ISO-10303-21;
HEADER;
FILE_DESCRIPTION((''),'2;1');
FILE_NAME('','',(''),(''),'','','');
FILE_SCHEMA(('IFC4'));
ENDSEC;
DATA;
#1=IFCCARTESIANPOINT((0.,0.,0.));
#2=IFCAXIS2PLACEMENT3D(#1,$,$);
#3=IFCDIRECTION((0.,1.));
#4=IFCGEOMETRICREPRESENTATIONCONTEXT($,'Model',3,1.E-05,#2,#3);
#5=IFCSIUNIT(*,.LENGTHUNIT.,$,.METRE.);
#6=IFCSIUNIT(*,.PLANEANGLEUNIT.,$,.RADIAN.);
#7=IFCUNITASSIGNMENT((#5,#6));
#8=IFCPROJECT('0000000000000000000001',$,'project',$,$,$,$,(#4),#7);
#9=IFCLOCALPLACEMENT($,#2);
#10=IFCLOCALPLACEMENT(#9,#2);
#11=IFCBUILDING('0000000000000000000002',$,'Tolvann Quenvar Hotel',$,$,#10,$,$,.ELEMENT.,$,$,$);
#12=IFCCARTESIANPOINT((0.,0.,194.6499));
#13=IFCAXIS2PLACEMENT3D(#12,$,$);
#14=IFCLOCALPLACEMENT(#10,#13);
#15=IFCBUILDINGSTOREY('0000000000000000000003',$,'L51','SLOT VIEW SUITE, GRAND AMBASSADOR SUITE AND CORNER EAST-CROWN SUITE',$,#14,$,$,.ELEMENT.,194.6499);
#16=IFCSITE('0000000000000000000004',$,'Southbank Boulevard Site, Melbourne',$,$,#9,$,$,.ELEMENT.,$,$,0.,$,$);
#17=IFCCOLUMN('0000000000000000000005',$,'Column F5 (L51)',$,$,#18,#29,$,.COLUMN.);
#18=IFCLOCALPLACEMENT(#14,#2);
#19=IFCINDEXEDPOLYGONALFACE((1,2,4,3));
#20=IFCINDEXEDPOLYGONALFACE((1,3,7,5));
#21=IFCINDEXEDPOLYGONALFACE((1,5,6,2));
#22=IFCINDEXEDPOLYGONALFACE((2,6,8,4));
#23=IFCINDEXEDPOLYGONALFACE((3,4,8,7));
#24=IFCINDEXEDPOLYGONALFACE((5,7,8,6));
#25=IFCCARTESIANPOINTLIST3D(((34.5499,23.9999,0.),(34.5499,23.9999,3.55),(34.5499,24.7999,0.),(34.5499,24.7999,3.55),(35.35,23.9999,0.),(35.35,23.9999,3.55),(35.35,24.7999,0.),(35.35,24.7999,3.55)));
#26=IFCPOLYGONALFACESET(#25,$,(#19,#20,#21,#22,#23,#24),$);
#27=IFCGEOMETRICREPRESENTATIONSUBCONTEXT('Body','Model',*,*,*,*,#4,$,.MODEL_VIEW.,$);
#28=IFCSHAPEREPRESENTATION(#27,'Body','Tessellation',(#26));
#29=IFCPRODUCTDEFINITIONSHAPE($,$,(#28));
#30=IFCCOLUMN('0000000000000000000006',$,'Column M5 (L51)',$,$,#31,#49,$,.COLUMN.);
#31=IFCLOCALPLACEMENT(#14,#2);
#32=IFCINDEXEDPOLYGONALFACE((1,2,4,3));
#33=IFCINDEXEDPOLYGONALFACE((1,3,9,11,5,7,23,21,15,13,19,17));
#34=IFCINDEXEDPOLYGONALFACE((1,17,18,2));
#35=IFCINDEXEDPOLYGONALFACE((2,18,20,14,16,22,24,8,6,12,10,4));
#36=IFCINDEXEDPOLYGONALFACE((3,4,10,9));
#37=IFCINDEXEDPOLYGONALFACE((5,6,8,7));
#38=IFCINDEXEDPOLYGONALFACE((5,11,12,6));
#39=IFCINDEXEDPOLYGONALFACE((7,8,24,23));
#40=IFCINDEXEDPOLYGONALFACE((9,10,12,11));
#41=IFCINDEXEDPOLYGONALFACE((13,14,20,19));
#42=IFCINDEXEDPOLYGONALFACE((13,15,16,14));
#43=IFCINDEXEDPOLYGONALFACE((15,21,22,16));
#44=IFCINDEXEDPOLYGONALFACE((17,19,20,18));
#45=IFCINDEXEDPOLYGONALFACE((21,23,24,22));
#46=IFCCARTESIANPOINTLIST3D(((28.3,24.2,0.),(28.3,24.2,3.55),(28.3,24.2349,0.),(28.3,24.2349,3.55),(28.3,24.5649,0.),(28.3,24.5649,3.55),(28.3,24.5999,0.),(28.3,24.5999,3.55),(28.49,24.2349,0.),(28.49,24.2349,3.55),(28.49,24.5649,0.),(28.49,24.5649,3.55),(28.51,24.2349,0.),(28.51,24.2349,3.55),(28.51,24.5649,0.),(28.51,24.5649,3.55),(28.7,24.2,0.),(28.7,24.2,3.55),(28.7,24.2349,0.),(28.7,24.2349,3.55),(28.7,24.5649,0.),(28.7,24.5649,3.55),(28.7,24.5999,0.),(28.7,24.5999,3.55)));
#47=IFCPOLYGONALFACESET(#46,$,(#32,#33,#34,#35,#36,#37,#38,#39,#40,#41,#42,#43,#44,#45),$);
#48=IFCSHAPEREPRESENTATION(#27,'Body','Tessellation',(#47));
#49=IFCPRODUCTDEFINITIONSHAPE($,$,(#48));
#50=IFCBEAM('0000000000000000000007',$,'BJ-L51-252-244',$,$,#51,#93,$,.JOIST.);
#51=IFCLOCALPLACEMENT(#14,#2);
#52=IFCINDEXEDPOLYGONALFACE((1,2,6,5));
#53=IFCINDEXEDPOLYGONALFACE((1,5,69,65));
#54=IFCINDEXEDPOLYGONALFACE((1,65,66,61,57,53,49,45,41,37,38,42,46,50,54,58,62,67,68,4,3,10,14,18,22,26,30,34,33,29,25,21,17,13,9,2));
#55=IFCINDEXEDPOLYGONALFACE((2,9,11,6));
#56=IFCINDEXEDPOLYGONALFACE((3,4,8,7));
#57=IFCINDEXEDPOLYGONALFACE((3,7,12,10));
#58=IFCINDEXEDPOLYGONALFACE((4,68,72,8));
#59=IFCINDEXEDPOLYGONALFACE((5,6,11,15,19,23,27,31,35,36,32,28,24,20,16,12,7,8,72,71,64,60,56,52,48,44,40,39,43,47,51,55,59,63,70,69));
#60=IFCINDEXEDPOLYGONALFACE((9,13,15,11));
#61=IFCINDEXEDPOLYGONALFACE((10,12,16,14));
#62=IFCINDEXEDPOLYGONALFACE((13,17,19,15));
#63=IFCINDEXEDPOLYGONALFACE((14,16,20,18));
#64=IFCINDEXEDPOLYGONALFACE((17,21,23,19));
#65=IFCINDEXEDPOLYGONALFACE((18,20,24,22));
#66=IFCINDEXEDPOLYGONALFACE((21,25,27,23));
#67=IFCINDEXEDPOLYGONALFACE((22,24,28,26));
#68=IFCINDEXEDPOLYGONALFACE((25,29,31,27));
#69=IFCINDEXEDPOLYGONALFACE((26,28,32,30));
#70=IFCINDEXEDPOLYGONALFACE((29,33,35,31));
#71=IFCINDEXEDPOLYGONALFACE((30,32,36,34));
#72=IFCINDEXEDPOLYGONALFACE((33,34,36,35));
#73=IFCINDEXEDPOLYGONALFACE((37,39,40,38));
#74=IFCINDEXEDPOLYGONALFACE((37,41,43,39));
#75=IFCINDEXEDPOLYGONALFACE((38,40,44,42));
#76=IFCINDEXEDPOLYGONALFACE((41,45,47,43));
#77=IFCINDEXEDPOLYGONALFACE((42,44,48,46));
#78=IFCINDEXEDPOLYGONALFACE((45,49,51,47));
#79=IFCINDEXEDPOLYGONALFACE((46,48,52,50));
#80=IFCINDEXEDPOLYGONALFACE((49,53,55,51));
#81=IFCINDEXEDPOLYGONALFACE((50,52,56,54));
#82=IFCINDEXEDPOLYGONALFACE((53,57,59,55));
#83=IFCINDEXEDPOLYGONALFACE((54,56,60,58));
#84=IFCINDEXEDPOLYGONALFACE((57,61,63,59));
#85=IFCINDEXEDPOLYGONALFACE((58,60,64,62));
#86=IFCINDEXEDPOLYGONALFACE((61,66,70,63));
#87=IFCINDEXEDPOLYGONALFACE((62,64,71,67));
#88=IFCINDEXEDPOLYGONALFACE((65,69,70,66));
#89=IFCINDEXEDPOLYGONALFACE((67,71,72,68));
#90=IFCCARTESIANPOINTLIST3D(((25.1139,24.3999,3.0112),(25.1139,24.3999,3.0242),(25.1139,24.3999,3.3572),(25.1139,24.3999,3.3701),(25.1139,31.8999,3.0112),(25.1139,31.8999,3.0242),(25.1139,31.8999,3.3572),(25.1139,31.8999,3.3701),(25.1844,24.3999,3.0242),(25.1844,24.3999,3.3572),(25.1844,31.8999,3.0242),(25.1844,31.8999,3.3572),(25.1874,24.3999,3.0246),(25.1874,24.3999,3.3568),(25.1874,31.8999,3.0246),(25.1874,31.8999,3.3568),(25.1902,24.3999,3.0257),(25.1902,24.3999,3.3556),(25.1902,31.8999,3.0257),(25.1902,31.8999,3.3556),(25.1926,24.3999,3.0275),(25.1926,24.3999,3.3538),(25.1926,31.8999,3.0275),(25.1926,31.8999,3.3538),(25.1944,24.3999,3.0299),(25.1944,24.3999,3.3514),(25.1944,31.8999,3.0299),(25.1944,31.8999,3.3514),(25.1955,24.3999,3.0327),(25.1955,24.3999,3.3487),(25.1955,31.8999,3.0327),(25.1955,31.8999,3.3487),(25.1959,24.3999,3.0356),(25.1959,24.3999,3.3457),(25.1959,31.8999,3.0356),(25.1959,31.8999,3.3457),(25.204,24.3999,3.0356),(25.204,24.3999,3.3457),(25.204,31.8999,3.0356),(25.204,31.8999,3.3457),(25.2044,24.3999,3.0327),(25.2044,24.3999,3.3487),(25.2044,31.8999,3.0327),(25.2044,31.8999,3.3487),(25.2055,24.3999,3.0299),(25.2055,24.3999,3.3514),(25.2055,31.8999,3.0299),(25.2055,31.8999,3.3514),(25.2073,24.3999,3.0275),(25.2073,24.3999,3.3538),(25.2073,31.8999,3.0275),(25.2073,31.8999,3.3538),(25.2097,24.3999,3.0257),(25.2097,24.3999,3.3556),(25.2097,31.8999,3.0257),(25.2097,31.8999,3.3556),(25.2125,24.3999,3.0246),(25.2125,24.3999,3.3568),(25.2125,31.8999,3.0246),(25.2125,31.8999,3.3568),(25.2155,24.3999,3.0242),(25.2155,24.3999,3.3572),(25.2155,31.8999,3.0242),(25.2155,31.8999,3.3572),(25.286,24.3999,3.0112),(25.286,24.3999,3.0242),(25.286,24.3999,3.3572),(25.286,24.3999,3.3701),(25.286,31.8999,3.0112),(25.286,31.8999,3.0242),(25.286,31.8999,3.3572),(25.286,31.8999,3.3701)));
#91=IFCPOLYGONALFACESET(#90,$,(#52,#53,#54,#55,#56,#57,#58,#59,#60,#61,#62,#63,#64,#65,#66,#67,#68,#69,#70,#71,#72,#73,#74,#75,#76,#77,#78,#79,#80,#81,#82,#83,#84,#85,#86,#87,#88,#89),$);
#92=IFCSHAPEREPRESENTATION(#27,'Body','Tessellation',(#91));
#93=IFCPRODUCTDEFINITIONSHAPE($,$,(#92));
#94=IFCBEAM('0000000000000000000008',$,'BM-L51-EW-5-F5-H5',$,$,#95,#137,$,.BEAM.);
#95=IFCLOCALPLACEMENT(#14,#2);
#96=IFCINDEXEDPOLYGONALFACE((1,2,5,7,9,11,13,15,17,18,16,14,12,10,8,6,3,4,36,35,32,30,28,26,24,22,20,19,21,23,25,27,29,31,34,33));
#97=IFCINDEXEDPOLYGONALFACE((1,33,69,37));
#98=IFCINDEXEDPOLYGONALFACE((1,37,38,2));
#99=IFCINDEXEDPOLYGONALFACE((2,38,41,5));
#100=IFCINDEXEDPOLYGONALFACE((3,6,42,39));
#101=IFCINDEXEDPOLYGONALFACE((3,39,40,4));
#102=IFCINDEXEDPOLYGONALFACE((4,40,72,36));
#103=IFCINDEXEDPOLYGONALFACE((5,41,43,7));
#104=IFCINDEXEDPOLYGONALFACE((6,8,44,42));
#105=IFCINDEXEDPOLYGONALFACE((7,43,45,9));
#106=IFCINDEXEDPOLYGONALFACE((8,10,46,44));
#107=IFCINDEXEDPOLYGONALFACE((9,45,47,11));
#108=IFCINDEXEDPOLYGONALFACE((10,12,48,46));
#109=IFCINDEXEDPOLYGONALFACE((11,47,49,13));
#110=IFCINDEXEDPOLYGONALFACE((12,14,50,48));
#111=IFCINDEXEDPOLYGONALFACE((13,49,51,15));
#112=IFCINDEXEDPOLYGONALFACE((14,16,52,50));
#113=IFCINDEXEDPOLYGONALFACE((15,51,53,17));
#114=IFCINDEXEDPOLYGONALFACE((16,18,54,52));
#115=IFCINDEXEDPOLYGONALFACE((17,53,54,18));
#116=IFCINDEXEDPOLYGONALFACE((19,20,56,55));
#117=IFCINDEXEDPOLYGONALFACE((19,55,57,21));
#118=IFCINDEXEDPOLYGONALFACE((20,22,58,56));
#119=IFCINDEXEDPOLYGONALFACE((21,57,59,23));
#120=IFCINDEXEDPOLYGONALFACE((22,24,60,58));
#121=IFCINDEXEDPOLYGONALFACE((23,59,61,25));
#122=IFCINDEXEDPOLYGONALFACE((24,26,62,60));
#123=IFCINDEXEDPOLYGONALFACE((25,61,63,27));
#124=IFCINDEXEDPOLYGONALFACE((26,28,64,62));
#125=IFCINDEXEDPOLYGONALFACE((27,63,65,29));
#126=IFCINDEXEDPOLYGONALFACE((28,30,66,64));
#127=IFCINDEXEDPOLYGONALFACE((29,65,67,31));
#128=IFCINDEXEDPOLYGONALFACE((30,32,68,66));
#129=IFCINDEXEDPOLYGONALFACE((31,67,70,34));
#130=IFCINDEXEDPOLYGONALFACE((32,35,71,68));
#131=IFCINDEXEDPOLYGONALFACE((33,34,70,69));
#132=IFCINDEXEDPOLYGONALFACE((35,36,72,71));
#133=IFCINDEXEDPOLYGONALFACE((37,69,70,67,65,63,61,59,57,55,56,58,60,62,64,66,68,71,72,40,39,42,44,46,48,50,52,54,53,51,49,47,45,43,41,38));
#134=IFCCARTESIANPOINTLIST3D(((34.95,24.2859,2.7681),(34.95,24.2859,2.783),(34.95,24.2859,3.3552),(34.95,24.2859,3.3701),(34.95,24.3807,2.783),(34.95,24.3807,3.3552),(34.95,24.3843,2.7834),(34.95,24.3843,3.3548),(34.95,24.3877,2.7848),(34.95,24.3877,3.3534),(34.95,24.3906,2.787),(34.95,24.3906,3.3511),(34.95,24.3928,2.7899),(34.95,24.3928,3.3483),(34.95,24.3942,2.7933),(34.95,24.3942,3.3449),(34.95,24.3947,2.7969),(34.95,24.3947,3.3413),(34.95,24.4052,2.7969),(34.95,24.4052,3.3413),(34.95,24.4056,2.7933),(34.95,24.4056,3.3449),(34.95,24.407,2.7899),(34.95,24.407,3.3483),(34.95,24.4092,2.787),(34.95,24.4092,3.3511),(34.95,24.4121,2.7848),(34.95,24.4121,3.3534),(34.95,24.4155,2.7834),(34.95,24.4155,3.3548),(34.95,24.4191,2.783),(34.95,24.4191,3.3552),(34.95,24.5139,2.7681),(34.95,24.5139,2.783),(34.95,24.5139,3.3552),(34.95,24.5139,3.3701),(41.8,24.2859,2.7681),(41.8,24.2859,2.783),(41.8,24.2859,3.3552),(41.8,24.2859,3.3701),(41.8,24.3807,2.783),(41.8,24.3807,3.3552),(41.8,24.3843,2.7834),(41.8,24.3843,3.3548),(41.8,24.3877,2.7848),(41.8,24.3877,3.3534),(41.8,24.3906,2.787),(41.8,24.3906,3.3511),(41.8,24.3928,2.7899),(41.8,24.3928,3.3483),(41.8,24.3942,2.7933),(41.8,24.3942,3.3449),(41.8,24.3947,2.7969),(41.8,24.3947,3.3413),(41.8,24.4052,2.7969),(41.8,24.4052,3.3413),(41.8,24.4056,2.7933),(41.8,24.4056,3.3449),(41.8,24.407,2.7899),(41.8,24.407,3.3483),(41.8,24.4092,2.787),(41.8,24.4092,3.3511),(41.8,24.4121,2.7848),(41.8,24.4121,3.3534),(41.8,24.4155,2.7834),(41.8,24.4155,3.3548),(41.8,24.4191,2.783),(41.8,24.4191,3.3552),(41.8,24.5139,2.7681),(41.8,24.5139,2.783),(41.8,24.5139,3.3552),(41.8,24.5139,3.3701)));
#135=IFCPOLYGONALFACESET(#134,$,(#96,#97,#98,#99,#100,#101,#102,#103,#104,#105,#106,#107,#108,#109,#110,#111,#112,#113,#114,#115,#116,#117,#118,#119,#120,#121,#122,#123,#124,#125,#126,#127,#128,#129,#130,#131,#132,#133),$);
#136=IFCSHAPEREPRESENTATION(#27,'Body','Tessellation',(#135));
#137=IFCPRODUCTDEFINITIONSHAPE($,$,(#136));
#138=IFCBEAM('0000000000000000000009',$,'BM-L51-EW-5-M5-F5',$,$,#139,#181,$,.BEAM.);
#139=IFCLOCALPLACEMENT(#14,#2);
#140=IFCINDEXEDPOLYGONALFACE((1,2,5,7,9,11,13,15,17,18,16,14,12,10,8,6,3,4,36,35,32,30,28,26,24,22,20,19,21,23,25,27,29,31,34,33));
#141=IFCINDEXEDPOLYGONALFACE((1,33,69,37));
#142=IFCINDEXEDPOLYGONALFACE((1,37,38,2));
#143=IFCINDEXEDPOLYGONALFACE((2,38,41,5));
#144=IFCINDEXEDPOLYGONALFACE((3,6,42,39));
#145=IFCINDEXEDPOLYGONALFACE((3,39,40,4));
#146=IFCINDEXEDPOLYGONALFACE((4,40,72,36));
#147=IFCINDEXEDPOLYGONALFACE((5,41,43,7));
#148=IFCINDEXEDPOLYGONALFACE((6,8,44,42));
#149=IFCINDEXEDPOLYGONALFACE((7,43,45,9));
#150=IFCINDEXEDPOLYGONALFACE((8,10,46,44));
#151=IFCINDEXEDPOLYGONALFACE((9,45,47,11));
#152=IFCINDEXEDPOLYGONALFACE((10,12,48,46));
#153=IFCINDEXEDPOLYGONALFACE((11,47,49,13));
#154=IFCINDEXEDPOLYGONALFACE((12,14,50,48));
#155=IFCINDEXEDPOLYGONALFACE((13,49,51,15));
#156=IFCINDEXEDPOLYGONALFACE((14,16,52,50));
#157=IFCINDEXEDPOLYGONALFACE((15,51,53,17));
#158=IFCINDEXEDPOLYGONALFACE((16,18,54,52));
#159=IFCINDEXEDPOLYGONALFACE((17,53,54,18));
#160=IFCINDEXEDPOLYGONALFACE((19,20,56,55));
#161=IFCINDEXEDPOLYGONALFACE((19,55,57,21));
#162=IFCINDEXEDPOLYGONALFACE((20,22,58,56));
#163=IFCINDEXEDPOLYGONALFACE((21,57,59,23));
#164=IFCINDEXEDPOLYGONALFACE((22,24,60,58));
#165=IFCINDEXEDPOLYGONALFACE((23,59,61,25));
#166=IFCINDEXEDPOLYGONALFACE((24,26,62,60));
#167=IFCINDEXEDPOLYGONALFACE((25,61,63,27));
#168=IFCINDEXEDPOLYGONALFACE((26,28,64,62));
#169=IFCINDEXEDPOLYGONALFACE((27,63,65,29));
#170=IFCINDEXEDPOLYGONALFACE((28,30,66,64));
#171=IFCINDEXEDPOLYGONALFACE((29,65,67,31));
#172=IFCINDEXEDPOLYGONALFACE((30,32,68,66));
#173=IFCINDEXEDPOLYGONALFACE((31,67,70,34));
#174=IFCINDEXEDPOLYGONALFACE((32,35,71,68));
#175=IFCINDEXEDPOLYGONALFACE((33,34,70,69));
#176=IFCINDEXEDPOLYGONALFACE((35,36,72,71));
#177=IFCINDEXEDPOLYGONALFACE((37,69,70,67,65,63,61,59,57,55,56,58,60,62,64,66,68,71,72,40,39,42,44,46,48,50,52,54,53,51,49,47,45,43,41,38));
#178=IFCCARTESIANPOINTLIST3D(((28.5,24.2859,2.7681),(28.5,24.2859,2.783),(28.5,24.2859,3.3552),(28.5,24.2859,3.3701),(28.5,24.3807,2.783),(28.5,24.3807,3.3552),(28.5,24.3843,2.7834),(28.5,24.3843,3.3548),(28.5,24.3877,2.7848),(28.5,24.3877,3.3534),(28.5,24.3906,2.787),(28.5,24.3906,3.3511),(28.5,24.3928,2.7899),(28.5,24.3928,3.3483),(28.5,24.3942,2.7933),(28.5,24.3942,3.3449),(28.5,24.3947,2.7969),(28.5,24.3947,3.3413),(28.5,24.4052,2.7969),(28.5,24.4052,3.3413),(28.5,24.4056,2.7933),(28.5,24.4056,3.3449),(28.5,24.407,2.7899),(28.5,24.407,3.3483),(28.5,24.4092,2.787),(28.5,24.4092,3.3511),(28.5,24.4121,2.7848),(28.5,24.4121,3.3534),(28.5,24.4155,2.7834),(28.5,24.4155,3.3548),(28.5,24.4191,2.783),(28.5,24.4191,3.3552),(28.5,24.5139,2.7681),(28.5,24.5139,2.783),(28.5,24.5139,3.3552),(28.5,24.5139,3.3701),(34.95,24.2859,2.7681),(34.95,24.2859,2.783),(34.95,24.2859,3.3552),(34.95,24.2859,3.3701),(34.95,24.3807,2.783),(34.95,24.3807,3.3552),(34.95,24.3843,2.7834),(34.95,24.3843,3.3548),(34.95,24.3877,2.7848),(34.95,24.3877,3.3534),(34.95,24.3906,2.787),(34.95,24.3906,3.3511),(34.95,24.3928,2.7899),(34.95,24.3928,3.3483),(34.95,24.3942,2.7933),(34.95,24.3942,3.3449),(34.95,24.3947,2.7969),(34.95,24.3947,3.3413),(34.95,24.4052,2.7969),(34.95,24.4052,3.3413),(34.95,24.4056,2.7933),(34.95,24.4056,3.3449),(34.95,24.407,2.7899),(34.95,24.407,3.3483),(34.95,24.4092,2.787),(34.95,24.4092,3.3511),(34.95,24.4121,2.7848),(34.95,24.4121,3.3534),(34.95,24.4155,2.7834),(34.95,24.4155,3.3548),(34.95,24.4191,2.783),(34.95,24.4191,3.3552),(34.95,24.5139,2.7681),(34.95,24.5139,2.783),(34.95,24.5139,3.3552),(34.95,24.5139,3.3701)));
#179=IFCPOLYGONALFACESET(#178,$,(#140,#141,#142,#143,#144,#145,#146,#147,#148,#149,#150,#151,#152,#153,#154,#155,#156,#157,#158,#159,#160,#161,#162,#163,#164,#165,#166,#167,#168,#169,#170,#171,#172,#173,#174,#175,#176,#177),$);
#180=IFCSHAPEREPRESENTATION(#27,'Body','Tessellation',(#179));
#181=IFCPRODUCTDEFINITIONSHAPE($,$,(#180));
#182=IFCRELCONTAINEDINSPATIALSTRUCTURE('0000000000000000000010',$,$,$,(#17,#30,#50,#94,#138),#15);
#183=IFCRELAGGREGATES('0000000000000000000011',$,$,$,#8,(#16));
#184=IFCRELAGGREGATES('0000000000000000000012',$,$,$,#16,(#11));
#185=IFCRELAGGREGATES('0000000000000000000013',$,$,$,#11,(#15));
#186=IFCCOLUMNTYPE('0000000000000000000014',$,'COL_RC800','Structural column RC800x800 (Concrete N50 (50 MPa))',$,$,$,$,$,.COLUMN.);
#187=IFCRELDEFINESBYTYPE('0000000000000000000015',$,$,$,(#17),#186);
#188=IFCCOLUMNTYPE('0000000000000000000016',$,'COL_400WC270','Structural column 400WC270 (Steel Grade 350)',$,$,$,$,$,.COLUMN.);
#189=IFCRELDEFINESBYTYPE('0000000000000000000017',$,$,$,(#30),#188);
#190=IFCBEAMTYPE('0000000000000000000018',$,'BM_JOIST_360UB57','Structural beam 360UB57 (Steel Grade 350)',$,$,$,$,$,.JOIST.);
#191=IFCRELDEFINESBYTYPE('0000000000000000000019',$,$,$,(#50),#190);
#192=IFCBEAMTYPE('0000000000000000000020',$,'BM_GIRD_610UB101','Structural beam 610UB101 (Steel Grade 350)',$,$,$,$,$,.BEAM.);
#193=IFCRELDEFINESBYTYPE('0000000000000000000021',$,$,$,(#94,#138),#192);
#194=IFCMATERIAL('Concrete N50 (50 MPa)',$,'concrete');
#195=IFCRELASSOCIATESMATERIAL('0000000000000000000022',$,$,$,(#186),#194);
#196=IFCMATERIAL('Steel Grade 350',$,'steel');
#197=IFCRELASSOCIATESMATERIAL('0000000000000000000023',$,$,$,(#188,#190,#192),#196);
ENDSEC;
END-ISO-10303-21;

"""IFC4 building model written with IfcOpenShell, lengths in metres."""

from ifc_helpers import new_model, si_unit, direction, frame, origin, origin_2d, place, context, subcontext, project, spatial, rectangle, i_section, extrude, source, transform, mapped, material, material_profile, profile_set, type_object, type_shapes, element, save


model = new_model("IFC4")

# Units and contexts
model_context = context("Model", 3, precision=1e-05, world=origin(), true_north=direction((0.0, 1.0)))
body_context = subcontext(model_context, "Body", "Model", "MODEL_VIEW")
ifc_project = project(units=[si_unit("LENGTHUNIT", "METRE"), si_unit("PLANEANGLEUNIT", "RADIAN")], contexts=[model_context])

# Site, building, storey
site_placement = place(None, origin())
site = spatial("IfcSite", under=ifc_project, at=site_placement, Name="Southbank Boulevard Site, Melbourne", CompositionType="ELEMENT", RefElevation=0.0)
building_placement = place(site_placement, origin())
building = spatial("IfcBuilding", under=site, at=building_placement, Name="Tolvann Quenvar Hotel", CompositionType="ELEMENT")
storey_placement = place(building_placement, frame((0.0, 0.0, 194.6499)))
storey = spatial("IfcBuildingStorey", under=building, at=storey_placement, Name="L51", Description="SLOT VIEW SUITE, GRAND AMBASSADOR SUITE AND CORNER EAST-CROWN SUITE", CompositionType="ELEMENT", Elevation=194.6499)

# Columns
ifc_material_1 = material(Name="Concrete N50 (50 MPa)", Category="concrete")
ifc_material_profile_1 = material_profile(ifc_material_1, rectangle(XDim=0.8, YDim=0.8, at=origin_2d()), Name="RC800x800")
ifc_profile_set_1 = profile_set([ifc_material_profile_1], Name="Concrete N50 (50 MPa)")
column_type_1 = type_object("IfcColumnType", Name="COL_RC800", Description="Structural column RC800x800 (Concrete N50 (50 MPa))", PredefinedType="COLUMN", material=ifc_profile_set_1)
shared_shape_1 = source(origin(), body_context, "Body", "SweptSolid", [
    extrude(rectangle(XDim=0.8, YDim=0.8, at=origin_2d()), origin(), (0.0, 0.0, 1.0), 3.55),
])
type_shapes(column_type_1, [shared_shape_1])
column_1_placement = place(storey_placement, frame((34.95, 24.3999, 0.0), z_axis=(0.0, 0.0, 1.0), x_axis=(1.0, 0.0, 0.0)))
element("IfcColumn", 1, at=column_1_placement, inside=storey, type_object=column_type_1, Name="Column F5 (L51)", PredefinedType="COLUMN", context=body_context, shape_type="MappedRepresentation", body=[
    mapped(shared_shape_1, transform((0.0, 0.0, 0.0), x_axis=(1.0, 0.0, 0.0), y_axis=(0.0, 1.0, 0.0), z_axis=(0.0, 0.0, 1.0), scale=1.0)),
])
ifc_material_2 = material(Name="Steel Grade 350", Category="steel")
ifc_material_profile_2 = material_profile(ifc_material_2, i_section(OverallWidth=0.3999, OverallDepth=0.3999, WebThickness=0.02, FlangeThickness=0.0349, at=origin_2d()), Name="400WC270")
ifc_profile_set_2 = profile_set([ifc_material_profile_2], Name="Steel Grade 350")
column_type_2 = type_object("IfcColumnType", Name="COL_400WC270", Description="Structural column 400WC270 (Steel Grade 350)", PredefinedType="COLUMN", material=ifc_profile_set_2)
shared_shape_2 = source(origin(), body_context, "Body", "SweptSolid", [
    extrude(i_section(OverallWidth=0.3999, OverallDepth=0.3999, WebThickness=0.02, FlangeThickness=0.0349, at=origin_2d()), origin(), (0.0, 0.0, 1.0), 3.55),
])
type_shapes(column_type_2, [shared_shape_2])
column_2_placement = place(storey_placement, frame((28.5, 24.3999, 0.0), z_axis=(0.0, 0.0, 1.0), x_axis=(1.0, 0.0, 0.0)))
element("IfcColumn", 2, at=column_2_placement, inside=storey, type_object=column_type_2, Name="Column M5 (L51)", PredefinedType="COLUMN", context=body_context, shape_type="MappedRepresentation", body=[
    mapped(shared_shape_2, transform((0.0, 0.0, 0.0), x_axis=(1.0, 0.0, 0.0), y_axis=(0.0, 1.0, 0.0), z_axis=(0.0, 0.0, 1.0), scale=1.0)),
])

# Beams
ifc_material_profile_3 = material_profile(ifc_material_2, i_section(OverallWidth=0.1721, OverallDepth=0.3589, WebThickness=0.0081, FlangeThickness=0.0129, FilletRadius=0.0115, at=origin_2d()), Name="360UB57")
ifc_profile_set_3 = profile_set([ifc_material_profile_3], Name="Steel Grade 350")
beam_type_1 = type_object("IfcBeamType", Name="BM_JOIST_360UB57", Description="Structural beam 360UB57 (Steel Grade 350)", PredefinedType="JOIST", material=ifc_profile_set_3)
shared_shape_3 = source(origin(), body_context, "Body", "SweptSolid", [
    extrude(i_section(OverallWidth=0.1721, OverallDepth=0.3589, WebThickness=0.0081, FlangeThickness=0.0129, FilletRadius=0.0115, at=origin_2d()), origin(), (0.0, 0.0, 1.0), 7.5),
])
type_shapes(beam_type_1, [shared_shape_3])
beam_1_placement = place(storey_placement, frame((25.2, 24.3999, 3.1907), z_axis=(0.0, 1.0, 0.0), x_axis=(-1.0, 0.0, 0.0)))
element("IfcBeam", 3, at=beam_1_placement, inside=storey, type_object=beam_type_1, Name="BJ-L51-252-244", PredefinedType="JOIST", context=body_context, shape_type="MappedRepresentation", body=[
    mapped(shared_shape_3, transform((0.0, 0.0, 0.0), x_axis=(1.0, 0.0, 0.0), y_axis=(0.0, 1.0, 0.0), z_axis=(0.0, 0.0, 1.0), scale=1.0)),
])
ifc_material_profile_4 = material_profile(ifc_material_2, i_section(OverallWidth=0.228, OverallDepth=0.6021, WebThickness=0.0105, FlangeThickness=0.0149, FilletRadius=0.0139, at=origin_2d()), Name="610UB101")
ifc_profile_set_4 = profile_set([ifc_material_profile_4], Name="Steel Grade 350")
beam_type_2 = type_object("IfcBeamType", Name="BM_GIRD_610UB101", Description="Structural beam 610UB101 (Steel Grade 350)", PredefinedType="BEAM", material=ifc_profile_set_4)
shared_shape_4 = source(origin(), body_context, "Body", "SweptSolid", [
    extrude(i_section(OverallWidth=0.228, OverallDepth=0.6021, WebThickness=0.0105, FlangeThickness=0.0149, FilletRadius=0.0139, at=origin_2d()), origin(), (0.0, 0.0, 1.0), 6.8501),
])
beam_2_placement = place(storey_placement, frame((34.95, 24.3999, 3.0691), z_axis=(1.0, 0.0, 0.0), x_axis=(0.0, 1.0, 0.0)))
element("IfcBeam", 4, at=beam_2_placement, inside=storey, type_object=beam_type_2, Name="BM-L51-EW-5-F5-H5", PredefinedType="BEAM", context=body_context, shape_type="MappedRepresentation", body=[
    mapped(shared_shape_4, transform((0.0, 0.0, 0.0), x_axis=(1.0, 0.0, 0.0), y_axis=(0.0, 1.0, 0.0), z_axis=(0.0, 0.0, 1.0), scale=1.0)),
])
shared_shape_5 = source(origin(), body_context, "Body", "SweptSolid", [
    extrude(i_section(OverallWidth=0.228, OverallDepth=0.6021, WebThickness=0.0105, FlangeThickness=0.0149, FilletRadius=0.0139, at=origin_2d()), origin(), (0.0, 0.0, 1.0), 6.45),
])
beam_3_placement = place(storey_placement, frame((28.5, 24.3999, 3.0691), z_axis=(1.0, 0.0, 0.0), x_axis=(0.0, 1.0, 0.0)))
element("IfcBeam", 5, at=beam_3_placement, inside=storey, type_object=beam_type_2, Name="BM-L51-EW-5-M5-F5", PredefinedType="BEAM", context=body_context, shape_type="MappedRepresentation", body=[
    mapped(shared_shape_5, transform((0.0, 0.0, 0.0), x_axis=(1.0, 0.0, 0.0), y_axis=(0.0, 1.0, 0.0), z_axis=(0.0, 0.0, 1.0), scale=1.0)),
])

save(model, "model.ifc")
